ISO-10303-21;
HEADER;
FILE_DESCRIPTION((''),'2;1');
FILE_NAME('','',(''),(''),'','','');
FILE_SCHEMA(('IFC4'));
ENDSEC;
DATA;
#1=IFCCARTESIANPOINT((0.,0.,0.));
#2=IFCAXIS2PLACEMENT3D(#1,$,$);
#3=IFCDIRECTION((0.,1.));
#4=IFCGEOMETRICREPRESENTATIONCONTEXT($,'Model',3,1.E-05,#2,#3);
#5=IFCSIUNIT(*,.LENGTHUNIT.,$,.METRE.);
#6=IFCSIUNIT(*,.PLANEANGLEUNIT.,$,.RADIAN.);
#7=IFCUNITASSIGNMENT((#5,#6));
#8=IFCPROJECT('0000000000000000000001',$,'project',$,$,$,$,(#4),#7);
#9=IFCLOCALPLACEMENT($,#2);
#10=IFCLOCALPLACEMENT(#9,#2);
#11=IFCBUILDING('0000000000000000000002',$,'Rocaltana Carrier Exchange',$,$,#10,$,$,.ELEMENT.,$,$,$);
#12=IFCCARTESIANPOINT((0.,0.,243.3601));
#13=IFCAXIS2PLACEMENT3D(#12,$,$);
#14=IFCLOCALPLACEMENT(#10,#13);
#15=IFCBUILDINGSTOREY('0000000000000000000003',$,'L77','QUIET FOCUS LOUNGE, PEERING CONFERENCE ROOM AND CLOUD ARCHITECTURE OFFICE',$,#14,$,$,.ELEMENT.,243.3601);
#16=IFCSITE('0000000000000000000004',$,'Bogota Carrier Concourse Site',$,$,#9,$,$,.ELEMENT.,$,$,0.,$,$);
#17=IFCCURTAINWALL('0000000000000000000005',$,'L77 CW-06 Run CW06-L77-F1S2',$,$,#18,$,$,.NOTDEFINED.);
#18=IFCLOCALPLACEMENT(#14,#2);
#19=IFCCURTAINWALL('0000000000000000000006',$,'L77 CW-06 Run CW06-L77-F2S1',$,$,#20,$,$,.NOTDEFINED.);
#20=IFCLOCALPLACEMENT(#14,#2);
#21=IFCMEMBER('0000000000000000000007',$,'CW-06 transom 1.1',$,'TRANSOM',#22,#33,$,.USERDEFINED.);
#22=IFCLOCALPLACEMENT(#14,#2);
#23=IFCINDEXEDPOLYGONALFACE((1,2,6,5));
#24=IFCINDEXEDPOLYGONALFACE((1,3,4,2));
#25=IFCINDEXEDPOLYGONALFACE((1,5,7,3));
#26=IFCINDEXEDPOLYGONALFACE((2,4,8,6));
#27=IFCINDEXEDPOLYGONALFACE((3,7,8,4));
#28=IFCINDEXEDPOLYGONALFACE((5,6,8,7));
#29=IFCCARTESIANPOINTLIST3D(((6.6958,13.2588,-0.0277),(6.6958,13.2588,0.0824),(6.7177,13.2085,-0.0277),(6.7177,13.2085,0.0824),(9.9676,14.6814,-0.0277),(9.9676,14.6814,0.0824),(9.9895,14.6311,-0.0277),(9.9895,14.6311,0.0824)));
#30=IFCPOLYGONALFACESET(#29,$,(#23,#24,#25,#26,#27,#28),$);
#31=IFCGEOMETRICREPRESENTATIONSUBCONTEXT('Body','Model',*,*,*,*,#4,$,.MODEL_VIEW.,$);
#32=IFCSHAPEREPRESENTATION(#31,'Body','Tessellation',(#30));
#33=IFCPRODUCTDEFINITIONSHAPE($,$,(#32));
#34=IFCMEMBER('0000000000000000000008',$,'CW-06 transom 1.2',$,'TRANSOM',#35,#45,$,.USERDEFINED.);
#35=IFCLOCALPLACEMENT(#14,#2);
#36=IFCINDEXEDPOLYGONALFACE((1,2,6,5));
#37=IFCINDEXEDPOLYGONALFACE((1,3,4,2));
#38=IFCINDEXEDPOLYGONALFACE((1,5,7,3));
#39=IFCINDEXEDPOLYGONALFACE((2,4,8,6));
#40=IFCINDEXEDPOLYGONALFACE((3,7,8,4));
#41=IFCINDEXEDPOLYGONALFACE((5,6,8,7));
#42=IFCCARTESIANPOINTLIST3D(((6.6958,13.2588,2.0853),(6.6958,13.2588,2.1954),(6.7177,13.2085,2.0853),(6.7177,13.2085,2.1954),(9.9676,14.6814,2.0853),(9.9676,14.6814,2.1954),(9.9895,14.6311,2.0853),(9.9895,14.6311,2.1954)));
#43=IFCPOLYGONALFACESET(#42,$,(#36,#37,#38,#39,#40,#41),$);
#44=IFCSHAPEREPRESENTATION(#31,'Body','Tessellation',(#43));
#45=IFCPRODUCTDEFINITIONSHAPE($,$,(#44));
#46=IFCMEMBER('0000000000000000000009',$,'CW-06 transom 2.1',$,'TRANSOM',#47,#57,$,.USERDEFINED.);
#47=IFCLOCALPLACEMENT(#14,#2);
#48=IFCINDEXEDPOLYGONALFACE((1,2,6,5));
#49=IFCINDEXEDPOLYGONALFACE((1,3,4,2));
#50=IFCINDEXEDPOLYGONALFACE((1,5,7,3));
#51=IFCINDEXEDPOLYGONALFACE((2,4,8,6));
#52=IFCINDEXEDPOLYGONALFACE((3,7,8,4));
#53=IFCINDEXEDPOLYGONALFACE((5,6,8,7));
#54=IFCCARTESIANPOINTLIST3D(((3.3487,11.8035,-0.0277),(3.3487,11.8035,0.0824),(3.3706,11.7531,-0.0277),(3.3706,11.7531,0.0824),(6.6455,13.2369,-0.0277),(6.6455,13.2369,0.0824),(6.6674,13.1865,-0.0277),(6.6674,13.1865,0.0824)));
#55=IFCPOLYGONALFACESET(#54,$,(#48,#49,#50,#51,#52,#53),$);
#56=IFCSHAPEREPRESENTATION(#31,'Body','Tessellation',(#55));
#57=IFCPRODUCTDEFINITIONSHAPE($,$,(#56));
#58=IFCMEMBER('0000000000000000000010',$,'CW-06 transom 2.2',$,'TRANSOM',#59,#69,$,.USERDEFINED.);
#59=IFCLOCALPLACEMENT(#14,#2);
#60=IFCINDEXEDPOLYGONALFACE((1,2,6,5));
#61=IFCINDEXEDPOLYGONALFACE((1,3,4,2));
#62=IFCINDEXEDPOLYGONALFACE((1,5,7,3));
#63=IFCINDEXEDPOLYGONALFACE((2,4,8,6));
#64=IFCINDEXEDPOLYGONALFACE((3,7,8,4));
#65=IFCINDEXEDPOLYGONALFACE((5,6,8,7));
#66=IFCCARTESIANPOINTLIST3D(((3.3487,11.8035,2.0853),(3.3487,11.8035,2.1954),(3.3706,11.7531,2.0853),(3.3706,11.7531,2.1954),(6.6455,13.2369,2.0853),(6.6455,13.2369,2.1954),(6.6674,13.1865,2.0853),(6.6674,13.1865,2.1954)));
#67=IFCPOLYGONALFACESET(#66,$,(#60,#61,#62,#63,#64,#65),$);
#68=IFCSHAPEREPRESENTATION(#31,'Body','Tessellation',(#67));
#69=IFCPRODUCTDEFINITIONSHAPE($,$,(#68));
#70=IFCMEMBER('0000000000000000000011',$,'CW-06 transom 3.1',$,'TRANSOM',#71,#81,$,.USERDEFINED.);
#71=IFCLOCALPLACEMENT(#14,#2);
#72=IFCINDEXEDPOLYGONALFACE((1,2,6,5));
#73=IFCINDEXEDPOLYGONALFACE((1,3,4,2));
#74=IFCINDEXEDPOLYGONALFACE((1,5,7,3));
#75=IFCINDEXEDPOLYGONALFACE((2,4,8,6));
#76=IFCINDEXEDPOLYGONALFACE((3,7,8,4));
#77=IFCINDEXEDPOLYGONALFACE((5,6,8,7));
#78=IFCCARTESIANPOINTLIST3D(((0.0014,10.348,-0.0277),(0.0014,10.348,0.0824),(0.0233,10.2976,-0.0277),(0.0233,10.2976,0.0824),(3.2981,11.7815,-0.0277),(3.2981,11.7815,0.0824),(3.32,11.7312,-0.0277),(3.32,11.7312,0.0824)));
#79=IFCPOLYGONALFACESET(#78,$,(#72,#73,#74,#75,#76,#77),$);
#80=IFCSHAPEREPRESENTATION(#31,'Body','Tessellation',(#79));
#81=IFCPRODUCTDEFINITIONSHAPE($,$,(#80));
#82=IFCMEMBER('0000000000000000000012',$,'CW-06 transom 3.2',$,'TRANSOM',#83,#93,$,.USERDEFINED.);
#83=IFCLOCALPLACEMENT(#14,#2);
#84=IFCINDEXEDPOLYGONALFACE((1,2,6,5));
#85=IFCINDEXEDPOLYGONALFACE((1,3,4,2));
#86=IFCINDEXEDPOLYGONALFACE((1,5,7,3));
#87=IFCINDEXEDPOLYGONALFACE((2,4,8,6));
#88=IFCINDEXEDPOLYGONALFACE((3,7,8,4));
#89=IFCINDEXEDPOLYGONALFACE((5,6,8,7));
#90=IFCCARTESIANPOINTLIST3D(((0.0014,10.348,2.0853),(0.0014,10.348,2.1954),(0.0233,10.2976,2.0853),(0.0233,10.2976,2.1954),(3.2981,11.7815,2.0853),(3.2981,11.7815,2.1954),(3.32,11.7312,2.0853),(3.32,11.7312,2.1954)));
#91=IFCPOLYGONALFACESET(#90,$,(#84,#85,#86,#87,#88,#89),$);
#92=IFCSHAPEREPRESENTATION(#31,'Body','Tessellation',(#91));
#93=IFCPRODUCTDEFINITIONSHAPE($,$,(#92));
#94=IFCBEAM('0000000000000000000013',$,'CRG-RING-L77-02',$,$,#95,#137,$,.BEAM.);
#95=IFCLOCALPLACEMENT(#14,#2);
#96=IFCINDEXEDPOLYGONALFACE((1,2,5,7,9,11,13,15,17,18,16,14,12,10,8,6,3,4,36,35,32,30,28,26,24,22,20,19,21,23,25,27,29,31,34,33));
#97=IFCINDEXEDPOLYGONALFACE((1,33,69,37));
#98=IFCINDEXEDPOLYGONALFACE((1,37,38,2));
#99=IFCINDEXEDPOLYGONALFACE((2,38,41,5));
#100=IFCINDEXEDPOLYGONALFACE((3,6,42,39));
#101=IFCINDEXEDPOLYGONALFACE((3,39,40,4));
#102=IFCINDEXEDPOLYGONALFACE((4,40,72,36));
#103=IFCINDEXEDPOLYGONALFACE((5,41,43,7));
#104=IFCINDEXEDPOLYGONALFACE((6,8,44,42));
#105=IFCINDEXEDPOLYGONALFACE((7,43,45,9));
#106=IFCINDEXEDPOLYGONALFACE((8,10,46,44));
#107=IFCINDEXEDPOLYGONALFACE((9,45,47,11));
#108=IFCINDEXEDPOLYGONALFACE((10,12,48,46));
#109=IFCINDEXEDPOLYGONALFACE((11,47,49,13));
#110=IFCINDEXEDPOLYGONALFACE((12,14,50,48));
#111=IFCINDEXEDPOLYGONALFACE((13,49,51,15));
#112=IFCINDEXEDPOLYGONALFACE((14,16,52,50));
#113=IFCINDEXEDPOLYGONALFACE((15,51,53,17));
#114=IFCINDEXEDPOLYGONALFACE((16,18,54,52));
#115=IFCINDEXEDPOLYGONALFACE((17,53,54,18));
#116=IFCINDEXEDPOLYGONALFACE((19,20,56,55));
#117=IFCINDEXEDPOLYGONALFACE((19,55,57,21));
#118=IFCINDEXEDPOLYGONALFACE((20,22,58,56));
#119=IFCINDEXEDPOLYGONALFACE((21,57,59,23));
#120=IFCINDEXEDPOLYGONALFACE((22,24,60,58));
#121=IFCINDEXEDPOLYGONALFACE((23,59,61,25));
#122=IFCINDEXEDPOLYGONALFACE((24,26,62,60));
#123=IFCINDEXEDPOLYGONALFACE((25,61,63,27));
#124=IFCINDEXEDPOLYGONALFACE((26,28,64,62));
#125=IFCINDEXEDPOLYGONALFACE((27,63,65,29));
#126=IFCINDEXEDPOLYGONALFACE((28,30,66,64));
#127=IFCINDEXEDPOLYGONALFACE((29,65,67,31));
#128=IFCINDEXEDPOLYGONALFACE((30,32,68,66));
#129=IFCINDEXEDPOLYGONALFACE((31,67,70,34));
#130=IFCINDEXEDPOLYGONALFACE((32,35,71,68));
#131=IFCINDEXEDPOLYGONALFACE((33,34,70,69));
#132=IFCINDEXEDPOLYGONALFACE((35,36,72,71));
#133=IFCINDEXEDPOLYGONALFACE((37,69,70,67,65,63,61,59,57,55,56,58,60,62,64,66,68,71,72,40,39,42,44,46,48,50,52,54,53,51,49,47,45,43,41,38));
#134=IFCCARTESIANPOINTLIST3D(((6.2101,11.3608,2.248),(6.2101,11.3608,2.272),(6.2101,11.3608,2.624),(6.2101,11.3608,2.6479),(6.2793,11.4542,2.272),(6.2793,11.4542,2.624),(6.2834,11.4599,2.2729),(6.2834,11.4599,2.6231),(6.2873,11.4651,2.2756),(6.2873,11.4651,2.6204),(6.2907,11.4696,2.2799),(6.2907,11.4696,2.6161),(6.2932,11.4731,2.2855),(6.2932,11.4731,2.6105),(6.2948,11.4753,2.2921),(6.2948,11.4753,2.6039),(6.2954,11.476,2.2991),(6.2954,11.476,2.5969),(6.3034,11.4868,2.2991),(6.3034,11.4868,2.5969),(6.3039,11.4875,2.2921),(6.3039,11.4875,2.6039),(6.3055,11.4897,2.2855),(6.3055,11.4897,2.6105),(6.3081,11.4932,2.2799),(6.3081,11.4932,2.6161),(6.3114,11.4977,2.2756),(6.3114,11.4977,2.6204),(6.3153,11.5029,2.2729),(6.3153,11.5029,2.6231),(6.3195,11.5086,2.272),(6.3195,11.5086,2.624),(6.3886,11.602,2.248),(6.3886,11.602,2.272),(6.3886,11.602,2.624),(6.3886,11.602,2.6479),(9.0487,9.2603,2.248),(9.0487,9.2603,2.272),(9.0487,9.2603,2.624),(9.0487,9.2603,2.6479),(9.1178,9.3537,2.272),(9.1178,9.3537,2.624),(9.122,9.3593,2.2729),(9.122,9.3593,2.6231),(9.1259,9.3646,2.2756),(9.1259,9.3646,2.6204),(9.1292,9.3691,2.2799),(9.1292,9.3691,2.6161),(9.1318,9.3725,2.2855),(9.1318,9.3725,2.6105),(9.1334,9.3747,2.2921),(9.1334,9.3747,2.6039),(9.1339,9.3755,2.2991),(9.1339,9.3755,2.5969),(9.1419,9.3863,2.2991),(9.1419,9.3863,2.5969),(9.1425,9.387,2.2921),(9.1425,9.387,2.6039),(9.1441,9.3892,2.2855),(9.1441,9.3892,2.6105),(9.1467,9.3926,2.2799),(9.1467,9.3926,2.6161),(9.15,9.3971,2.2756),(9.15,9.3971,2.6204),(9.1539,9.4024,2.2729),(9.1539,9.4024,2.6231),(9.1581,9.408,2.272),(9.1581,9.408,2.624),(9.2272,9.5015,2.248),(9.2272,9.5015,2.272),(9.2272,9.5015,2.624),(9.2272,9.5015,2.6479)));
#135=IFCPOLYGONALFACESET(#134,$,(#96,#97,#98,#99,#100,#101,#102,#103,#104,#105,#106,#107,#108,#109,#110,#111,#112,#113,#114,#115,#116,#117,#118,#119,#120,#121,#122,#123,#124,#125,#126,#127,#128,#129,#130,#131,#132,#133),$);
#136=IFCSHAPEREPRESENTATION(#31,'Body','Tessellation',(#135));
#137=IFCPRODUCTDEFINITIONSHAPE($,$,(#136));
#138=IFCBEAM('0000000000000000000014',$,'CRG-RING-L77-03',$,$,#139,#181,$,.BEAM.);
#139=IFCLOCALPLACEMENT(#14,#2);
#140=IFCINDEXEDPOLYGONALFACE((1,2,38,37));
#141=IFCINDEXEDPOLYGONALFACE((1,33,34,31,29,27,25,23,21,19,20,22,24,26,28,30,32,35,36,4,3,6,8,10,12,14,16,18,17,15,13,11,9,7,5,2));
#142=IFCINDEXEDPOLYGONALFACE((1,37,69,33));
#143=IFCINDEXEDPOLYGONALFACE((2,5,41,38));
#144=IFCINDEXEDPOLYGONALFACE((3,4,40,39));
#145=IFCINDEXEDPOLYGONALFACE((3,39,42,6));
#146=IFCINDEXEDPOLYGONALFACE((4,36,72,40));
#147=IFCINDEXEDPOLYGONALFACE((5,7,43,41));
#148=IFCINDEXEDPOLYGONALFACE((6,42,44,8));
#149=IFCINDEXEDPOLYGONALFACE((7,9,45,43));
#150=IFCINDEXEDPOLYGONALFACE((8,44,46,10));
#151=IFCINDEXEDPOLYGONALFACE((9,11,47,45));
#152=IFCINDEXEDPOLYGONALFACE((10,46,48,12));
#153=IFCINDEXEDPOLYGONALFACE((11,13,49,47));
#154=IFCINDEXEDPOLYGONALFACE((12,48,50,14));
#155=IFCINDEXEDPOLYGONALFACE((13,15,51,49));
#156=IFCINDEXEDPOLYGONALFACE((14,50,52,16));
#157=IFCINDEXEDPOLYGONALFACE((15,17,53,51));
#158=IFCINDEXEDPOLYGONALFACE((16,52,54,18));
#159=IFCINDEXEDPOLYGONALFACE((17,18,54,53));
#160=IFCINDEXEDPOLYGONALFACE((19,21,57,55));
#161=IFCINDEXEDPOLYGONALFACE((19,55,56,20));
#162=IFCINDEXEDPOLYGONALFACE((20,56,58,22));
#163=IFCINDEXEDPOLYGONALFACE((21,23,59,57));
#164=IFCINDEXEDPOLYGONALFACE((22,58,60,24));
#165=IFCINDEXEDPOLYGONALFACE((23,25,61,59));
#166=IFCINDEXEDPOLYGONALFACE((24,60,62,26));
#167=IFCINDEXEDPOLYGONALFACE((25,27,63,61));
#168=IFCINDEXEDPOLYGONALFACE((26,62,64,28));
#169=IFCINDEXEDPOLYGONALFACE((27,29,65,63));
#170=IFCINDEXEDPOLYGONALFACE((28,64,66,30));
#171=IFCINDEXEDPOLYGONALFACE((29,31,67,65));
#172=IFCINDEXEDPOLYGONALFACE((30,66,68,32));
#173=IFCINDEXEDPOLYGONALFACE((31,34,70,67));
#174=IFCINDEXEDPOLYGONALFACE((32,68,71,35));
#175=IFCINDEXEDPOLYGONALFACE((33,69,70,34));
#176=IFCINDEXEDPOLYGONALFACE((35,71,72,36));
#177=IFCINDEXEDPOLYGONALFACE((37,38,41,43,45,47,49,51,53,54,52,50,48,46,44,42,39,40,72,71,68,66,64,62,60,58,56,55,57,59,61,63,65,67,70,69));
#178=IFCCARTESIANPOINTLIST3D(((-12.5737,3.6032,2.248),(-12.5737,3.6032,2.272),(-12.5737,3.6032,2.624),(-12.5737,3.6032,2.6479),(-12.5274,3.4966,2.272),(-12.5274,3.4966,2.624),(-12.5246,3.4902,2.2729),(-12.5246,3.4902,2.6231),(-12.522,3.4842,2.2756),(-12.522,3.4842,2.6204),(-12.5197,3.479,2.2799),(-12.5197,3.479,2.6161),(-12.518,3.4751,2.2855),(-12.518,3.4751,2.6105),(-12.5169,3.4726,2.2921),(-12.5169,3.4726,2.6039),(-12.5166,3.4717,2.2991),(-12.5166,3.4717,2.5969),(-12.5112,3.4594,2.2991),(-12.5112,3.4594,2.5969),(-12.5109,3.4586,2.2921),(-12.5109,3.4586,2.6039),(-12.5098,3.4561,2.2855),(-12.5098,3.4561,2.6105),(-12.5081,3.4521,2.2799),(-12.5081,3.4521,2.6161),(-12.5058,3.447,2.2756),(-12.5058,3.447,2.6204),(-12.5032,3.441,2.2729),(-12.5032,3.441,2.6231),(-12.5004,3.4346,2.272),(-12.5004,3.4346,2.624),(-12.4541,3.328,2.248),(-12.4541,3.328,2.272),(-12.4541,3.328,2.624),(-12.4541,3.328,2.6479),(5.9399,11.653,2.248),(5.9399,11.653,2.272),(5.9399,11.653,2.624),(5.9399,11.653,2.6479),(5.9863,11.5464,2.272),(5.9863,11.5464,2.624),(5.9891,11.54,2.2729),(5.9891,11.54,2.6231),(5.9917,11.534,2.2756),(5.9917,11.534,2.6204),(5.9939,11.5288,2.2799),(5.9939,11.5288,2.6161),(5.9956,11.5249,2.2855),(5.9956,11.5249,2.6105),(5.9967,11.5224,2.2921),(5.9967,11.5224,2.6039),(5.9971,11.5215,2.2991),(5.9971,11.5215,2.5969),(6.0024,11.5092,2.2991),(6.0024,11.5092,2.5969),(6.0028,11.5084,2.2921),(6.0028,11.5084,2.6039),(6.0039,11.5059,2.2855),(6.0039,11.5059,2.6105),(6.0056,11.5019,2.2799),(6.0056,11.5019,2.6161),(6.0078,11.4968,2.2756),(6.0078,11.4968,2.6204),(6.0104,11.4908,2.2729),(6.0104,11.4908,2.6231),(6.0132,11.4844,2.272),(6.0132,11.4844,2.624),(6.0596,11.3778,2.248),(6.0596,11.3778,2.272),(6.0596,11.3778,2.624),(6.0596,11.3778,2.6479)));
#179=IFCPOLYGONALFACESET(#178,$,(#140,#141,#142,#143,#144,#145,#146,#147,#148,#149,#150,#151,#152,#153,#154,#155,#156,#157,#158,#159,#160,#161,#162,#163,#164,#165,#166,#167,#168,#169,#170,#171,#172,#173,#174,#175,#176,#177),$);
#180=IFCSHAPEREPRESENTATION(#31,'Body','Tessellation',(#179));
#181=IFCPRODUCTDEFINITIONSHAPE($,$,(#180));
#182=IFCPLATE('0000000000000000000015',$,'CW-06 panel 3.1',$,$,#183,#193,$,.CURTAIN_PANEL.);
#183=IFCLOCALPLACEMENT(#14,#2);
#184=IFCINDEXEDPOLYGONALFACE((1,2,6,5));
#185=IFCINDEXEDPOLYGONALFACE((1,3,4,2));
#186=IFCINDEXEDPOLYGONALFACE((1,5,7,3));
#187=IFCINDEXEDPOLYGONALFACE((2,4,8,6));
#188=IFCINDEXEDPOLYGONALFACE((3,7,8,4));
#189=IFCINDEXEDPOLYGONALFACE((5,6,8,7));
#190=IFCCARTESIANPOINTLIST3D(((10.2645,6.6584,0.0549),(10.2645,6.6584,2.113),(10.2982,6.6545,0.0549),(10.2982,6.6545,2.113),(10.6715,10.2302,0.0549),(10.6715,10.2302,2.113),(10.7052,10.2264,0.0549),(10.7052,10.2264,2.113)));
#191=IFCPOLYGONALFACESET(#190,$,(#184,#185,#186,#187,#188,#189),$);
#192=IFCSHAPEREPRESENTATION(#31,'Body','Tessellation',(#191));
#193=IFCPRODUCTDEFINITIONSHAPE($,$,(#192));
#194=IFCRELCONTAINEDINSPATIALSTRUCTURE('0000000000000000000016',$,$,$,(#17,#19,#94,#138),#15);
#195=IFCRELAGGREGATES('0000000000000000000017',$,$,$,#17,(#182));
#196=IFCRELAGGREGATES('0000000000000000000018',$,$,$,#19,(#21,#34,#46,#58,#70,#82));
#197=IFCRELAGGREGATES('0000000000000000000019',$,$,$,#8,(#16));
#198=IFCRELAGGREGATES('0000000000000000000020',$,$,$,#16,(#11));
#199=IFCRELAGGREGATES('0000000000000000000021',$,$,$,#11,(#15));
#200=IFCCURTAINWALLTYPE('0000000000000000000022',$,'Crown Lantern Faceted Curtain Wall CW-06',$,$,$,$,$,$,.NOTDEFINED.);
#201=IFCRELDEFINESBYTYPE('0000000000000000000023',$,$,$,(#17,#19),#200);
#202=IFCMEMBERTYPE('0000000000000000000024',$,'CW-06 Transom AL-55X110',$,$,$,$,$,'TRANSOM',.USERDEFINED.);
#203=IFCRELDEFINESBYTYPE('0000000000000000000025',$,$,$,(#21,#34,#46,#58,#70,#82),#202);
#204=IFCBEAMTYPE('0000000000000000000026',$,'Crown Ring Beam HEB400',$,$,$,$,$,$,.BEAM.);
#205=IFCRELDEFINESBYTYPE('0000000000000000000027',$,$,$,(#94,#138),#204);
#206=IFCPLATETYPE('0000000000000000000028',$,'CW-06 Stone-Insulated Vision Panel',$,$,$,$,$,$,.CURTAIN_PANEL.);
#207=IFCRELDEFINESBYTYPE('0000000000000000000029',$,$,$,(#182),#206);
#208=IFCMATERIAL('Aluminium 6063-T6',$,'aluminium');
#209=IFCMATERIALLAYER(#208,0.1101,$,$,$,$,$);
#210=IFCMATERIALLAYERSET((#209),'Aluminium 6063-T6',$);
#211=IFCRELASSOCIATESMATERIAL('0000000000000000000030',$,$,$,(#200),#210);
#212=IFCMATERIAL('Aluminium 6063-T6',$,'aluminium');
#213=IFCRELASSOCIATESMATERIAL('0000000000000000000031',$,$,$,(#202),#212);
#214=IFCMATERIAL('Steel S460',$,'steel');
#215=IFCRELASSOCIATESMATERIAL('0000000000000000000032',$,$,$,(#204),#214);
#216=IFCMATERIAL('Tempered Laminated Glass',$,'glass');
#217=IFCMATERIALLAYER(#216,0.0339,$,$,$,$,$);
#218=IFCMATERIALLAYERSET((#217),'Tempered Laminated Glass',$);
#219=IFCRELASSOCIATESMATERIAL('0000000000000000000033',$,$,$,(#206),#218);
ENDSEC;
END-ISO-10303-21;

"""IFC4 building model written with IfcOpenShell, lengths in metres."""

from ifc_helpers import new_model, si_unit, direction, frame, origin, origin_2d, place, context, subcontext, project, spatial, rectangle, i_section, extrude, material, layer, layer_set, material_profile, profile_set, type_object, element, aggregate, save


model = new_model("IFC4")

# Units and contexts
model_context = context("Model", 3, precision=1e-05, world=origin(), true_north=direction((0.0, 1.0)))
body_context = subcontext(model_context, "Body", "Model", "MODEL_VIEW")
ifc_project = project(units=[si_unit("LENGTHUNIT", "METRE"), si_unit("PLANEANGLEUNIT", "RADIAN")], contexts=[model_context])

# Site, building, storey
site_placement = place(None, origin())
site = spatial("IfcSite", under=ifc_project, at=site_placement, Name="Bogota Carrier Concourse Site", CompositionType="ELEMENT", RefElevation=0.0)
building_placement = place(site_placement, origin())
building = spatial("IfcBuilding", under=site, at=building_placement, Name="Rocaltana Carrier Exchange", CompositionType="ELEMENT")
storey_placement = place(building_placement, frame((0.0, 0.0, 243.3601)))
storey = spatial("IfcBuildingStorey", under=building, at=storey_placement, Name="L77", Description="QUIET FOCUS LOUNGE, PEERING CONFERENCE ROOM AND CLOUD ARCHITECTURE OFFICE", CompositionType="ELEMENT", Elevation=243.3601)

# Curtain walls
ifc_material_1 = material(Name="Aluminium 6063-T6", Category="aluminium")
ifc_layer_1 = layer(ifc_material_1, 0.1101)
ifc_layer_set_1 = layer_set([ifc_layer_1], Name="Aluminium 6063-T6")
curtain_wall_type = type_object("IfcCurtainWallType", Name="Crown Lantern Faceted Curtain Wall CW-06", PredefinedType="NOTDEFINED", material=ifc_layer_set_1)
curtain_wall_1_placement = place(storey_placement, origin())
curtain_wall_1 = element("IfcCurtainWall", 1, at=curtain_wall_1_placement, inside=storey, type_object=curtain_wall_type, Name="L77 CW-06 Run CW06-L77-F1S2", PredefinedType="NOTDEFINED")
curtain_wall_2_placement = place(storey_placement, origin())
curtain_wall_2 = element("IfcCurtainWall", 2, at=curtain_wall_2_placement, inside=storey, type_object=curtain_wall_type, Name="L77 CW-06 Run CW06-L77-F2S1", PredefinedType="NOTDEFINED")

# Members
ifc_material_2 = material(Name="Aluminium 6063-T6", Category="aluminium")
ifc_material_profile_1 = material_profile(ifc_material_2, rectangle(XDim=0.0549, YDim=0.1101, at=origin_2d()), Name="AL-55X110")
ifc_profile_set_1 = profile_set([ifc_material_profile_1], Name="Aluminium 6063-T6")
member_type_1 = type_object("IfcMemberType", Name="CW-06 Transom AL-55X110", ElementType="TRANSOM", PredefinedType="USERDEFINED", material=ifc_profile_set_1)
member_1_placement = place(storey_placement, frame((9.9785, 14.6562, 0.0273), z_axis=(-0.917058, -0.398754, 0.0), x_axis=(0.398754, -0.917058, 0.0)))
member_1 = element("IfcMember", 3, at=member_1_placement, type_object=member_type_1, Name="CW-06 transom 1.1", ObjectType="TRANSOM", PredefinedType="USERDEFINED", context=body_context, shape_type="SweptSolid", body=[
    extrude(rectangle(XDim=0.0549, YDim=0.1101, at=origin_2d()), origin(), (0.0, 0.0, 1.0), 3.5676),
])
member_2_placement = place(storey_placement, frame((9.9785, 14.6562, 2.1404), z_axis=(-0.917058, -0.398754, 0.0), x_axis=(0.398754, -0.917058, 0.0)))
member_2 = element("IfcMember", 4, at=member_2_placement, type_object=member_type_1, Name="CW-06 transom 1.2", ObjectType="TRANSOM", PredefinedType="USERDEFINED", context=body_context, shape_type="SweptSolid", body=[
    extrude(rectangle(XDim=0.0549, YDim=0.1101, at=origin_2d()), origin(), (0.0, 0.0, 1.0), 3.5676),
])
member_3_placement = place(storey_placement, frame((6.6565, 13.2117, 0.0273), z_axis=(-0.917078, -0.398709, 0.0), x_axis=(0.398709, -0.917078, 0.0)))
member_3 = element("IfcMember", 5, at=member_3_placement, type_object=member_type_1, Name="CW-06 transom 2.1", ObjectType="TRANSOM", PredefinedType="USERDEFINED", context=body_context, shape_type="SweptSolid", body=[
    extrude(rectangle(XDim=0.0549, YDim=0.1101, at=origin_2d()), origin(), (0.0, 0.0, 1.0), 3.595),
])
member_4_placement = place(storey_placement, frame((6.6565, 13.2117, 2.1404), z_axis=(-0.917078, -0.398709, 0.0), x_axis=(0.398709, -0.917078, 0.0)))
member_4 = element("IfcMember", 6, at=member_4_placement, type_object=member_type_1, Name="CW-06 transom 2.2", ObjectType="TRANSOM", PredefinedType="USERDEFINED", context=body_context, shape_type="SweptSolid", body=[
    extrude(rectangle(XDim=0.0549, YDim=0.1101, at=origin_2d()), origin(), (0.0, 0.0, 1.0), 3.595),
])
member_5_placement = place(storey_placement, frame((3.3091, 11.7563, 0.0273), z_axis=(-0.917053, -0.398766, 0.0), x_axis=(0.398766, -0.917053, 0.0)))
member_5 = element("IfcMember", 7, at=member_5_placement, type_object=member_type_1, Name="CW-06 transom 3.1", ObjectType="TRANSOM", PredefinedType="USERDEFINED", context=body_context, shape_type="SweptSolid", body=[
    extrude(rectangle(XDim=0.0549, YDim=0.1101, at=origin_2d()), origin(), (0.0, 0.0, 1.0), 3.595),
])
member_6_placement = place(storey_placement, frame((3.3091, 11.7563, 2.1404), z_axis=(-0.917053, -0.398766, 0.0), x_axis=(0.398766, -0.917053, 0.0)))
member_6 = element("IfcMember", 8, at=member_6_placement, type_object=member_type_1, Name="CW-06 transom 3.2", ObjectType="TRANSOM", PredefinedType="USERDEFINED", context=body_context, shape_type="SweptSolid", body=[
    extrude(rectangle(XDim=0.0549, YDim=0.1101, at=origin_2d()), origin(), (0.0, 0.0, 1.0), 3.595),
])

# Beams
ifc_material_3 = material(Name="Steel S460", Category="steel")
ifc_material_profile_2 = material_profile(ifc_material_3, i_section(OverallWidth=0.3, OverallDepth=0.3999, WebThickness=0.0134, FlangeThickness=0.0239, FilletRadius=0.0271, at=origin_2d()), Name="HEB400")
ifc_profile_set_2 = profile_set([ifc_material_profile_2], Name="Steel S460")
beam_type = type_object("IfcBeamType", Name="Crown Ring Beam HEB400", PredefinedType="BEAM", material=ifc_profile_set_2)
beam_1_placement = place(storey_placement, frame((9.1379, 9.3809, 2.448), z_axis=(-0.803841, 0.594844, 0.0), x_axis=(-0.594844, -0.803841, 0.0)))
element("IfcBeam", 9, at=beam_1_placement, inside=storey, type_object=beam_type, Name="CRG-RING-L77-02", PredefinedType="BEAM", context=body_context, shape_type="SweptSolid", body=[
    extrude(i_section(OverallWidth=0.3, OverallDepth=0.3999, WebThickness=0.0134, FlangeThickness=0.0239, FilletRadius=0.0271, at=origin_2d()), origin(), (0.0, 0.0, 1.0), 3.5312),
])
beam_2_placement = place(storey_placement, frame((5.9998, 11.5154, 2.448), z_axis=(-0.917063, -0.398742, 0.0), x_axis=(0.398742, -0.917063, 0.0)))
element("IfcBeam", 10, at=beam_2_placement, inside=storey, type_object=beam_type, Name="CRG-RING-L77-03", PredefinedType="BEAM", context=body_context, shape_type="SweptSolid", body=[
    extrude(i_section(OverallWidth=0.3, OverallDepth=0.3999, WebThickness=0.0134, FlangeThickness=0.0239, FilletRadius=0.0271, at=origin_2d()), origin(), (0.0, 0.0, 1.0), 20.188),
])

# Plate
ifc_material_4 = material(Name="Tempered Laminated Glass", Category="glass")
ifc_layer_2 = layer(ifc_material_4, 0.0339)
ifc_layer_set_2 = layer_set([ifc_layer_2], Name="Tempered Laminated Glass")
plate_type = type_object("IfcPlateType", Name="CW-06 Stone-Insulated Vision Panel", PredefinedType="CURTAIN_PANEL", material=ifc_layer_set_2)
plate_1_placement = place(storey_placement, frame((10.4849, 8.4424, 0.0549), z_axis=(0.0, 0.0, 1.0), x_axis=(0.113198, 0.993572, 0.0)))
plate_1 = element("IfcPlate", 11, at=plate_1_placement, type_object=plate_type, Name="CW-06 panel 3.1", PredefinedType="CURTAIN_PANEL", context=body_context, shape_type="SweptSolid", body=[
    extrude(rectangle(XDim=3.595, YDim=0.0339, at=origin_2d()), origin(), (0.0, 0.0, 1.0), 2.0581),
])
aggregate(curtain_wall_1, [plate_1])
aggregate(curtain_wall_2, [member_1, member_2, member_3, member_4, member_5, member_6])

save(model, "model.ifc")
